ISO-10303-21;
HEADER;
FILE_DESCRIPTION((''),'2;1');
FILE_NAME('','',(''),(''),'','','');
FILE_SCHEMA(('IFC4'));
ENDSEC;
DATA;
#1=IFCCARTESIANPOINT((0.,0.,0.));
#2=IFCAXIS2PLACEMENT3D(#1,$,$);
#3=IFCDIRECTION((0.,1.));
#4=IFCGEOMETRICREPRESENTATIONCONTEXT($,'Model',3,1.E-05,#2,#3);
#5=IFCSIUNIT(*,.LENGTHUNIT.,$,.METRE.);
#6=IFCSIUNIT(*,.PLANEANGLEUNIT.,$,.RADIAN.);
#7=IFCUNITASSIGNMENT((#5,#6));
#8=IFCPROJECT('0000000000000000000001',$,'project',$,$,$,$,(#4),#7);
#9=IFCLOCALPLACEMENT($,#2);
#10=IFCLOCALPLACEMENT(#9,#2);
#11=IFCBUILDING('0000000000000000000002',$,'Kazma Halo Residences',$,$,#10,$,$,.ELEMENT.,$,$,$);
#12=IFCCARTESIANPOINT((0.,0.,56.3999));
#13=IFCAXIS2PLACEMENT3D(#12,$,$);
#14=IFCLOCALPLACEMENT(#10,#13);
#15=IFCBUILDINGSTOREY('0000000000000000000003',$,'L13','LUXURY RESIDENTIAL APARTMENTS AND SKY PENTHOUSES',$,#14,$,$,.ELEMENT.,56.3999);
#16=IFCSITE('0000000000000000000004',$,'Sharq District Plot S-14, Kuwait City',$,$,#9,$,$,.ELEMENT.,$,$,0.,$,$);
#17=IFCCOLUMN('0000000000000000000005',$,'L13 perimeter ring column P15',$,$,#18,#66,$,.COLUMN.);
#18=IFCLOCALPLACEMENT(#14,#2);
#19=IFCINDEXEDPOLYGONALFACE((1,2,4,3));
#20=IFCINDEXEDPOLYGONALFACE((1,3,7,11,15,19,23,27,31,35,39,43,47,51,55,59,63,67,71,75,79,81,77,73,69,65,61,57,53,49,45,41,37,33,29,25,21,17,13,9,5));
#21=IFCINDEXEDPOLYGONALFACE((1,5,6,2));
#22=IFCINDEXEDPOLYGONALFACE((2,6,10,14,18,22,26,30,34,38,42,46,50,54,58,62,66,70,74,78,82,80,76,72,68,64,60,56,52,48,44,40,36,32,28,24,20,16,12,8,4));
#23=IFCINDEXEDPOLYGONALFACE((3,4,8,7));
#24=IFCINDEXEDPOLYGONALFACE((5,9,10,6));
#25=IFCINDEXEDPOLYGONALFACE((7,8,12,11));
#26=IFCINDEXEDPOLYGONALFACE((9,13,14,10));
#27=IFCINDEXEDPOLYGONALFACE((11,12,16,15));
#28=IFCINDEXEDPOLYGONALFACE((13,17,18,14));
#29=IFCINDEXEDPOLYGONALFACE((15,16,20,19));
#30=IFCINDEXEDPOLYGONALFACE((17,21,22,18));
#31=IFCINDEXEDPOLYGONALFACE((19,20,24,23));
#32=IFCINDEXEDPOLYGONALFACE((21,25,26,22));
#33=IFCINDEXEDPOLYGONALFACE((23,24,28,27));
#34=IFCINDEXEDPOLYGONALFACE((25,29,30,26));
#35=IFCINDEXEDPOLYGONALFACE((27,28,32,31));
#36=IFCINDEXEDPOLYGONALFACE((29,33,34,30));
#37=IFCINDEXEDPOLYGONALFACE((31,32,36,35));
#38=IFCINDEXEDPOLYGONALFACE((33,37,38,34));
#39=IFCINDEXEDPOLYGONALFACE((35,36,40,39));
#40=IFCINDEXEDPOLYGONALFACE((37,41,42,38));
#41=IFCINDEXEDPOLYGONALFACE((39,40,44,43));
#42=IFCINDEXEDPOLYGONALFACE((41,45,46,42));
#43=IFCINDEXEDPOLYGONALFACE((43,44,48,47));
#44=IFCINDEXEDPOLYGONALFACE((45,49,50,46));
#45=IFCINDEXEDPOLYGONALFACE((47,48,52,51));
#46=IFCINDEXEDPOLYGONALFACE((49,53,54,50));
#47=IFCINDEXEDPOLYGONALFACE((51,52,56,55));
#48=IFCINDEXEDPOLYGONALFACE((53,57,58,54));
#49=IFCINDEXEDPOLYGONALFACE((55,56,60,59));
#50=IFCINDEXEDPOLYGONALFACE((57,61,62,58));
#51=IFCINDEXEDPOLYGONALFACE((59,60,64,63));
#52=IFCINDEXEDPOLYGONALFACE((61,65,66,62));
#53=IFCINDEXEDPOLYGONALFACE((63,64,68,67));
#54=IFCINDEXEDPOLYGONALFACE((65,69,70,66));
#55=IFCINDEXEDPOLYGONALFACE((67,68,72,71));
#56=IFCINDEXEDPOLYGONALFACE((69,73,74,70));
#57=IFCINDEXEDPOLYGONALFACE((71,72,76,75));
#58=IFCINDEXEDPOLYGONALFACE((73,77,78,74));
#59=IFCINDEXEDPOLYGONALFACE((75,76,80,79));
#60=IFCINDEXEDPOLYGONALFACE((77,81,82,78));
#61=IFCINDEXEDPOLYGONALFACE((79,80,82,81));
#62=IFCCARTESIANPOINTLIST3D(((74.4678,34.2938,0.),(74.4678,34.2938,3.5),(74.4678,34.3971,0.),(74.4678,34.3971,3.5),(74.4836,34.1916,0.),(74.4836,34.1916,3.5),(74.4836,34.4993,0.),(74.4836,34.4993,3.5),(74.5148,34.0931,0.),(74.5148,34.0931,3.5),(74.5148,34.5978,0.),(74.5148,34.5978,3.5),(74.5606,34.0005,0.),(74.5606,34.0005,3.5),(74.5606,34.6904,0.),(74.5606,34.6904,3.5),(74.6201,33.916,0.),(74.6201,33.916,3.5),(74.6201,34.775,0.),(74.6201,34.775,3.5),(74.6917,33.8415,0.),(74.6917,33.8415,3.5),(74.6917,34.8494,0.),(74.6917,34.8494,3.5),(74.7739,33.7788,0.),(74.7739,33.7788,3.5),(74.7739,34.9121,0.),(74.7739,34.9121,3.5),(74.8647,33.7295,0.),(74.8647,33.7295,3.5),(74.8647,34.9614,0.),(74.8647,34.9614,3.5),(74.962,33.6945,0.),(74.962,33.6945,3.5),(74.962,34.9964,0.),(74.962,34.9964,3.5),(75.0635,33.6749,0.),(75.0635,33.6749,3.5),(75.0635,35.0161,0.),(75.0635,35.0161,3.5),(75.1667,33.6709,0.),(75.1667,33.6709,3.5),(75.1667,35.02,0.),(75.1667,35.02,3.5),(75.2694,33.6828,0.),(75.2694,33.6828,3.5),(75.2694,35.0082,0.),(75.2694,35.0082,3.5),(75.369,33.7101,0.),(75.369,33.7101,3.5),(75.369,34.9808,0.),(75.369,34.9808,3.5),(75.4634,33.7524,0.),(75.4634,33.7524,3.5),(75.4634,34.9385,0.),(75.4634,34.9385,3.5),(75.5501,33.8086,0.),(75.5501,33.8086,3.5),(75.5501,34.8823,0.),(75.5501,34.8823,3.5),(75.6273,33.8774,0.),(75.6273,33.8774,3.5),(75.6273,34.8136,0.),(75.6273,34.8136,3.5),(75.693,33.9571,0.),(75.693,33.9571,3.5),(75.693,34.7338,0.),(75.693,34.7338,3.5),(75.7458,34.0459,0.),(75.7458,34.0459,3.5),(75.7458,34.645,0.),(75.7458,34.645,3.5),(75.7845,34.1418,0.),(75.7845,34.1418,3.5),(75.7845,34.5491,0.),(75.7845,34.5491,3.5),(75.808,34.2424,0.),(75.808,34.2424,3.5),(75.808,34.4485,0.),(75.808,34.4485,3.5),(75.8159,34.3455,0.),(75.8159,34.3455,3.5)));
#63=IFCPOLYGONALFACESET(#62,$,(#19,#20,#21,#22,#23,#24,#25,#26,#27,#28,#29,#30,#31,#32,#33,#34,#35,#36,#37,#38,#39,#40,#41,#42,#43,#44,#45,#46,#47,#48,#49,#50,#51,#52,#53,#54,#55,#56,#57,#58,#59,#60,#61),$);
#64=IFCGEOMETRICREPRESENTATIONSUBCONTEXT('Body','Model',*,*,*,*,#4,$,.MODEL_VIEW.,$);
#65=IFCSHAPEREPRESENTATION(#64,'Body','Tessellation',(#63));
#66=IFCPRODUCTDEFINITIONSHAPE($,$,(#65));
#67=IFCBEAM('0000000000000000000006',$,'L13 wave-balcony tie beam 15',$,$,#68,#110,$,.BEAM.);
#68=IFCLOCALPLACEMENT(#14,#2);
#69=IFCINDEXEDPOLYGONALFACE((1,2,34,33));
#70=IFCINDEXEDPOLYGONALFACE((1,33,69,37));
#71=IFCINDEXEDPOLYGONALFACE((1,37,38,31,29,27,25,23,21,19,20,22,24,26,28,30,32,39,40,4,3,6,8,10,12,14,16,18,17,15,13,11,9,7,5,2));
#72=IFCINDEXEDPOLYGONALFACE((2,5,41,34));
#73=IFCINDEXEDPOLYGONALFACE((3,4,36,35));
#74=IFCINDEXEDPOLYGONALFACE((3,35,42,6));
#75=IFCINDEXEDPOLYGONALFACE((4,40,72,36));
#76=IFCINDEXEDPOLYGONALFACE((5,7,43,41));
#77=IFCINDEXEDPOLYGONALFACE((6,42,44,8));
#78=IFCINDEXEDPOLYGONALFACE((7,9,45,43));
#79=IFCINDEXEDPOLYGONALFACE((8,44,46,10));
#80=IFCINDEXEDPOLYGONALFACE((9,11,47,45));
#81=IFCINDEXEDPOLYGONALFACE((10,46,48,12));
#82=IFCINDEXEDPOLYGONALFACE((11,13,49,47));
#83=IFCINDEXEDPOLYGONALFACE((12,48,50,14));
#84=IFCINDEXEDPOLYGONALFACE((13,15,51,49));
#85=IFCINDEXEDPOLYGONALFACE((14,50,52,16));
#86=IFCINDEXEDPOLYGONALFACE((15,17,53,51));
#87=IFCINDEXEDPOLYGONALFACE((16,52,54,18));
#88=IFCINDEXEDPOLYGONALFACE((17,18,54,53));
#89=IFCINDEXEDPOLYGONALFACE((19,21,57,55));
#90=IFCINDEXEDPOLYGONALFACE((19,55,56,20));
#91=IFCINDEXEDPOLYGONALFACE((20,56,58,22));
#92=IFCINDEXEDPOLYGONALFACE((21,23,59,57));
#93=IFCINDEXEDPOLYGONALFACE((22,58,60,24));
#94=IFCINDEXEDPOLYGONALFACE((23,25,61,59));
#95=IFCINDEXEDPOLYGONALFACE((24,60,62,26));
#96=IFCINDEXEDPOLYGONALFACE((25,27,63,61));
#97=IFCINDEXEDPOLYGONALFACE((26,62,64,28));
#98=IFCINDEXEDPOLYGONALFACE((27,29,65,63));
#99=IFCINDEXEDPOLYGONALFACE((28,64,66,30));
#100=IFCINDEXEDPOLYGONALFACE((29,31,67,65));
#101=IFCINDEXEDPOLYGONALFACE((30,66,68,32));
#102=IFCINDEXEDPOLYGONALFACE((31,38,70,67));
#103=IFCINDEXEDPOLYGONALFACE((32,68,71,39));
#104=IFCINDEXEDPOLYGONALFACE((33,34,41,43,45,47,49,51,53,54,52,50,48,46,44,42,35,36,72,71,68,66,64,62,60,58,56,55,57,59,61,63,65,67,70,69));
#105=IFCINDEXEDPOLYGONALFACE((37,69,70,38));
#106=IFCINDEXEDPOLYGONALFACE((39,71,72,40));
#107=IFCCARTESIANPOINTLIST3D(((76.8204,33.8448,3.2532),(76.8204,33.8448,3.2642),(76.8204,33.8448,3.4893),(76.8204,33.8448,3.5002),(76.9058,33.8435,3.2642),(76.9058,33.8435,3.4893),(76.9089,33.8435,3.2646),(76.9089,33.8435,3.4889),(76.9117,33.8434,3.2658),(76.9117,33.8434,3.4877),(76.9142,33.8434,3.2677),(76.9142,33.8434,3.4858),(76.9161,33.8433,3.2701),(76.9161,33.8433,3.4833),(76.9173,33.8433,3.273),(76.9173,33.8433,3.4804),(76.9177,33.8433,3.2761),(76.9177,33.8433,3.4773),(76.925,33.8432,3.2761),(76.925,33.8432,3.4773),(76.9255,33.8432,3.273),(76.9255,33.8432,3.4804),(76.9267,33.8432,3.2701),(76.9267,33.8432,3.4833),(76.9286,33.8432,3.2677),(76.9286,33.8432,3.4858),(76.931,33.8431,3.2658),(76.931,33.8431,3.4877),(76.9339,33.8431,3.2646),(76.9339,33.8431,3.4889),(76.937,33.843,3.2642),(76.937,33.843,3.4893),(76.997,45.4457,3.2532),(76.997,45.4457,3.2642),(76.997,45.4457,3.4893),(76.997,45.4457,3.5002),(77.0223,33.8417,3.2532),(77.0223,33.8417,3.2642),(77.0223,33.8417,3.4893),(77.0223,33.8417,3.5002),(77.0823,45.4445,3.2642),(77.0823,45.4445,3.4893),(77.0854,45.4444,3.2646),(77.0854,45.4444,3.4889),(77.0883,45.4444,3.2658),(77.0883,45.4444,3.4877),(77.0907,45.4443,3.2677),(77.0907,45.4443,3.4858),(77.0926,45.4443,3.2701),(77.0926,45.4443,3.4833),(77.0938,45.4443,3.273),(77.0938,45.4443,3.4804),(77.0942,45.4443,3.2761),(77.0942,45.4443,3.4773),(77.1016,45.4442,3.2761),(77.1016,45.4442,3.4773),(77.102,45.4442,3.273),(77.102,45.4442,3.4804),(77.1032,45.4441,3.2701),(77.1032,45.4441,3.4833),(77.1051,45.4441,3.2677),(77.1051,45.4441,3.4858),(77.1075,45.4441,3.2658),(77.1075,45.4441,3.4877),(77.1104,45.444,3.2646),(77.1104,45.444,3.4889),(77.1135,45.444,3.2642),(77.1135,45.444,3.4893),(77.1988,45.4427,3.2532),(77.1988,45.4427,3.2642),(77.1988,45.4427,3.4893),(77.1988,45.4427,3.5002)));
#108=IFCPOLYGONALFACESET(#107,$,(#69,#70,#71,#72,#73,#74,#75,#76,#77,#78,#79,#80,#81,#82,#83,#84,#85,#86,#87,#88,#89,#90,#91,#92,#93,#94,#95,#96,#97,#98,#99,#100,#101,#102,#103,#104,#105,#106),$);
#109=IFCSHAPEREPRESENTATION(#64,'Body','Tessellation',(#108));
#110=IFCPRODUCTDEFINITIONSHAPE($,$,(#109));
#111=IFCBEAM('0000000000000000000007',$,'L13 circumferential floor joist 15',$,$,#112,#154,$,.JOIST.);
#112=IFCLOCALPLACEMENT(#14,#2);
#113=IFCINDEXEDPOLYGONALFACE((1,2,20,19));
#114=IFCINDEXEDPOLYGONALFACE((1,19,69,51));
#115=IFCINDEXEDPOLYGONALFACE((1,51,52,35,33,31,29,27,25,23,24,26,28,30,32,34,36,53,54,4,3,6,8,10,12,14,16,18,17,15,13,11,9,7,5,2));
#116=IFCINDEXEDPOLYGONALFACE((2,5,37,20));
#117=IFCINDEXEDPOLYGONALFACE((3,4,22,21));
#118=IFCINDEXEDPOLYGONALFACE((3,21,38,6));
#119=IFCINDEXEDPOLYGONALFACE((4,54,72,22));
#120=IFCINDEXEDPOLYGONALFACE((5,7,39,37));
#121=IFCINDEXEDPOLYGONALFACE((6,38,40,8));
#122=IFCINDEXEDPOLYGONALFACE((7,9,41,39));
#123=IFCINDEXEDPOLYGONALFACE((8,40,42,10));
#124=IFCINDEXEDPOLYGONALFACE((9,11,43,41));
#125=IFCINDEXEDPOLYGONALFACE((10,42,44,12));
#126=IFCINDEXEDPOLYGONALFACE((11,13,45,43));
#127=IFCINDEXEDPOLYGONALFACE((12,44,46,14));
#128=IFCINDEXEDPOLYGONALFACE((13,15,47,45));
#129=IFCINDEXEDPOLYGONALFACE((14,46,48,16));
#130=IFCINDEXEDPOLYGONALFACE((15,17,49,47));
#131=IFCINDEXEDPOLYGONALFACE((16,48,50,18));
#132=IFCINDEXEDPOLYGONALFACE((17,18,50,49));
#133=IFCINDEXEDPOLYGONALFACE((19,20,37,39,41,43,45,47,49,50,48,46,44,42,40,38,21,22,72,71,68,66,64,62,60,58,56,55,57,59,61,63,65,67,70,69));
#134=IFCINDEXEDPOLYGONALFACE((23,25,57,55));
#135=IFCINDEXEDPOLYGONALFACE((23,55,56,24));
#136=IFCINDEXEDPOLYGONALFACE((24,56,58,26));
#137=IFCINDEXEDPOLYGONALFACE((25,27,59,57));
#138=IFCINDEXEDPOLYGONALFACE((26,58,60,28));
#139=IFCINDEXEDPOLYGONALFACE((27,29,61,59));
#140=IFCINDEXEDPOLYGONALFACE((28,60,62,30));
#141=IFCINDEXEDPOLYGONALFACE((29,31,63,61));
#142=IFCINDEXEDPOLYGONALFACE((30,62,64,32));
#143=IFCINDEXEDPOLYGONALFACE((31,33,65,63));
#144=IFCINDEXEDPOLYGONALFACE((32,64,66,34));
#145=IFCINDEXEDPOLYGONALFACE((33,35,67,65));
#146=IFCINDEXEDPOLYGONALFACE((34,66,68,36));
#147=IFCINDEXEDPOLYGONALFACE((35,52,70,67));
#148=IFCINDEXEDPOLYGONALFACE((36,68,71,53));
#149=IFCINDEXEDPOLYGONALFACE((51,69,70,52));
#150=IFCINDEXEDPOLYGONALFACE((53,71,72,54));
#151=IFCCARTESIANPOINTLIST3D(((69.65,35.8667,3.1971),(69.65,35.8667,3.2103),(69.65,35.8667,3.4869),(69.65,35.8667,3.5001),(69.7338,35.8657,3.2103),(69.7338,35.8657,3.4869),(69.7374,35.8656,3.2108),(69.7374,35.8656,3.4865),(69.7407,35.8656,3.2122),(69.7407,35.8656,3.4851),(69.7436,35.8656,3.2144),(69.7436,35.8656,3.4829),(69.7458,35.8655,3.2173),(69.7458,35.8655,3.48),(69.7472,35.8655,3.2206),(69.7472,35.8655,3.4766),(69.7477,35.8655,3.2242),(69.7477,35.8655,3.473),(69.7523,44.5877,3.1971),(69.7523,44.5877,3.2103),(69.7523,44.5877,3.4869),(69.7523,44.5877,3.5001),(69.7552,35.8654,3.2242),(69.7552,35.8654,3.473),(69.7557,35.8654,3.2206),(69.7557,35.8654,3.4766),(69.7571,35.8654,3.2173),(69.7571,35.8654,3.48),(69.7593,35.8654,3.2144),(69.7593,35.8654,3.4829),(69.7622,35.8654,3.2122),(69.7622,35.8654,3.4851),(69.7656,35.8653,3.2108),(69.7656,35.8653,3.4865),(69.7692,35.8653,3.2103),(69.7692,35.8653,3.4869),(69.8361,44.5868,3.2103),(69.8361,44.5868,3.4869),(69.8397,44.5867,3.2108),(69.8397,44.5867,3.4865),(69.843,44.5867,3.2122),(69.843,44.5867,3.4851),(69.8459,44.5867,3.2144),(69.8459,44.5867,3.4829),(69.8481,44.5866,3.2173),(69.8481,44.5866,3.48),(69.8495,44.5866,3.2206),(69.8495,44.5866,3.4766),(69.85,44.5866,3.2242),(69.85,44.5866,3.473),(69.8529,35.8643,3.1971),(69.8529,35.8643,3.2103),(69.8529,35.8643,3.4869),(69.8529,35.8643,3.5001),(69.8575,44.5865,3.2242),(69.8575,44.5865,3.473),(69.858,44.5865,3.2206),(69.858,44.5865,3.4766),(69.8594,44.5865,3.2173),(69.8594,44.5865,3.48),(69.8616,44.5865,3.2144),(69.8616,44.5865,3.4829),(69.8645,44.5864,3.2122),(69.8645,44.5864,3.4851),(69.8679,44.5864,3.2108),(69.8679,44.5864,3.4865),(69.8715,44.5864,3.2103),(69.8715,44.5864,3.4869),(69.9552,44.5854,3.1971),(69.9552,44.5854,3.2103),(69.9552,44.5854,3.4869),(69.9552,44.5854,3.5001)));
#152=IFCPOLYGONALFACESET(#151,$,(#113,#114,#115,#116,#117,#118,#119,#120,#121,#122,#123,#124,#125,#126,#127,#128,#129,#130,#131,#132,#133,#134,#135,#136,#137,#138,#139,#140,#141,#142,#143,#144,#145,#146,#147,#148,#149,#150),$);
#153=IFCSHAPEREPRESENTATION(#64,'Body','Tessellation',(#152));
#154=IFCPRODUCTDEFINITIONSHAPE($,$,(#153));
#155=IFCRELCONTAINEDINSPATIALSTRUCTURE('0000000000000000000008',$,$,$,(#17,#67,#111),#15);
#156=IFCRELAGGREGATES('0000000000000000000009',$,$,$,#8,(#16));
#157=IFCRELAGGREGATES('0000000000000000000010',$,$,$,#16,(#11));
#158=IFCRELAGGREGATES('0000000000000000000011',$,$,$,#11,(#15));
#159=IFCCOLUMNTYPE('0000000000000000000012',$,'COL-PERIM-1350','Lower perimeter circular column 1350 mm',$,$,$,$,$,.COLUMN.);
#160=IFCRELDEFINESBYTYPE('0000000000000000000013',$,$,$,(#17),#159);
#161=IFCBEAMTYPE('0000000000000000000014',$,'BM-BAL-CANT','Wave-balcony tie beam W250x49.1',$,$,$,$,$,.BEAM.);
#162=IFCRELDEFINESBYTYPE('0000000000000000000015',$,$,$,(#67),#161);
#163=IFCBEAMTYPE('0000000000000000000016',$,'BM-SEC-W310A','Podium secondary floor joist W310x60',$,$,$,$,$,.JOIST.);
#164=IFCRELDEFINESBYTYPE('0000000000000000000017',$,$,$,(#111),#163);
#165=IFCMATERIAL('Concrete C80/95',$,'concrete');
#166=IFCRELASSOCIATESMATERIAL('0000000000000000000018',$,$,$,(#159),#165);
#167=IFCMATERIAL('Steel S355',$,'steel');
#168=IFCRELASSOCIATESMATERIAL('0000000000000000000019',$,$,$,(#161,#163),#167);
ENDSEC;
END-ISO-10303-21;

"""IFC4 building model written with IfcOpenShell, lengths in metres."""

from ifc_helpers import new_model, si_unit, direction, frame, origin, origin_2d, place, context, subcontext, project, spatial, circle, i_section, extrude, material, material_profile, profile_set, type_object, element, save


model = new_model("IFC4")

# Units and contexts
model_context = context("Model", 3, precision=1e-05, world=origin(), true_north=direction((0.0, 1.0)))
body_context = subcontext(model_context, "Body", "Model", "MODEL_VIEW")
ifc_project = project(units=[si_unit("LENGTHUNIT", "METRE"), si_unit("PLANEANGLEUNIT", "RADIAN")], contexts=[model_context])

# Site, building, storey
site_placement = place(None, origin())
site = spatial("IfcSite", under=ifc_project, at=site_placement, Name="Sharq District Plot S-14, Kuwait City", CompositionType="ELEMENT", RefElevation=0.0)
building_placement = place(site_placement, origin())
building = spatial("IfcBuilding", under=site, at=building_placement, Name="Kazma Halo Residences", CompositionType="ELEMENT")
storey_placement = place(building_placement, frame((0.0, 0.0, 56.3999)))
storey = spatial("IfcBuildingStorey", under=building, at=storey_placement, Name="L13", Description="LUXURY RESIDENTIAL APARTMENTS AND SKY PENTHOUSES", CompositionType="ELEMENT", Elevation=56.3999)

# Column
ifc_material_1 = material(Name="Concrete C80/95", Category="concrete")
ifc_material_profile_1 = material_profile(ifc_material_1, circle(Radius=0.675, at=origin_2d()), Name="CIRC1350")
ifc_profile_set_1 = profile_set([ifc_material_profile_1], Name="Concrete C80/95")
column_type = type_object("IfcColumnType", Name="COL-PERIM-1350", Description="Lower perimeter circular column 1350 mm", PredefinedType="COLUMN", material=ifc_profile_set_1)
column_placement = place(storey_placement, frame((75.1409, 34.3455, 0.0), z_axis=(0.0, 0.0, 1.0), x_axis=(1.0, 0.0, 0.0)))
element("IfcColumn", 1, at=column_placement, inside=storey, type_object=column_type, Name="L13 perimeter ring column P15", PredefinedType="COLUMN", context=body_context, shape_type="SweptSolid", body=[
    extrude(circle(Radius=0.675, at=origin_2d()), origin(), (0.0, 0.0, 1.0), 3.5),
])

# Beams
ifc_material_2 = material(Name="Steel S355", Category="steel")
ifc_material_profile_2 = material_profile(ifc_material_2, i_section(OverallWidth=0.2019, OverallDepth=0.2471, WebThickness=0.0073, FlangeThickness=0.011, FilletRadius=0.012, at=origin_2d()), Name="W250x49.1")
ifc_profile_set_2 = profile_set([ifc_material_profile_2], Name="Steel S355")
beam_type_1 = type_object("IfcBeamType", Name="BM-BAL-CANT", Description="Wave-balcony tie beam W250x49.1", PredefinedType="BEAM", material=ifc_profile_set_2)
beam_1_placement = place(storey_placement, frame((76.9214, 33.8433, 3.3767), z_axis=(0.015214, 0.999884, 0.0), x_axis=(-0.999884, 0.015214, 0.0)))
element("IfcBeam", 2, at=beam_1_placement, inside=storey, type_object=beam_type_1, Name="L13 wave-balcony tie beam 15", PredefinedType="BEAM", context=body_context, shape_type="SweptSolid", body=[
    extrude(i_section(OverallWidth=0.2019, OverallDepth=0.2471, WebThickness=0.0073, FlangeThickness=0.011, FilletRadius=0.012, at=origin_2d()), origin(), (0.0, 0.0, 1.0), 11.6023),
])
ifc_material_profile_3 = material_profile(ifc_material_2, i_section(OverallWidth=0.2029, OverallDepth=0.303, WebThickness=0.0076, FlangeThickness=0.0132, FilletRadius=0.0139, at=origin_2d()), Name="W310x60")
ifc_profile_set_3 = profile_set([ifc_material_profile_3], Name="Steel S355")
beam_type_2 = type_object("IfcBeamType", Name="BM-SEC-W310A", Description="Podium secondary floor joist W310x60", PredefinedType="JOIST", material=ifc_profile_set_3)
beam_2_placement = place(storey_placement, frame((69.7515, 35.8655, 3.3486), z_axis=(0.011729, 0.999931, 0.0), x_axis=(-0.999931, 0.011729, 0.0)))
element("IfcBeam", 3, at=beam_2_placement, inside=storey, type_object=beam_type_2, Name="L13 circumferential floor joist 15", PredefinedType="JOIST", context=body_context, shape_type="SweptSolid", body=[
    extrude(i_section(OverallWidth=0.2029, OverallDepth=0.303, WebThickness=0.0076, FlangeThickness=0.0132, FilletRadius=0.0139, at=origin_2d()), origin(), (0.0, 0.0, 1.0), 8.7217),
])

save(model, "model.ifc")
